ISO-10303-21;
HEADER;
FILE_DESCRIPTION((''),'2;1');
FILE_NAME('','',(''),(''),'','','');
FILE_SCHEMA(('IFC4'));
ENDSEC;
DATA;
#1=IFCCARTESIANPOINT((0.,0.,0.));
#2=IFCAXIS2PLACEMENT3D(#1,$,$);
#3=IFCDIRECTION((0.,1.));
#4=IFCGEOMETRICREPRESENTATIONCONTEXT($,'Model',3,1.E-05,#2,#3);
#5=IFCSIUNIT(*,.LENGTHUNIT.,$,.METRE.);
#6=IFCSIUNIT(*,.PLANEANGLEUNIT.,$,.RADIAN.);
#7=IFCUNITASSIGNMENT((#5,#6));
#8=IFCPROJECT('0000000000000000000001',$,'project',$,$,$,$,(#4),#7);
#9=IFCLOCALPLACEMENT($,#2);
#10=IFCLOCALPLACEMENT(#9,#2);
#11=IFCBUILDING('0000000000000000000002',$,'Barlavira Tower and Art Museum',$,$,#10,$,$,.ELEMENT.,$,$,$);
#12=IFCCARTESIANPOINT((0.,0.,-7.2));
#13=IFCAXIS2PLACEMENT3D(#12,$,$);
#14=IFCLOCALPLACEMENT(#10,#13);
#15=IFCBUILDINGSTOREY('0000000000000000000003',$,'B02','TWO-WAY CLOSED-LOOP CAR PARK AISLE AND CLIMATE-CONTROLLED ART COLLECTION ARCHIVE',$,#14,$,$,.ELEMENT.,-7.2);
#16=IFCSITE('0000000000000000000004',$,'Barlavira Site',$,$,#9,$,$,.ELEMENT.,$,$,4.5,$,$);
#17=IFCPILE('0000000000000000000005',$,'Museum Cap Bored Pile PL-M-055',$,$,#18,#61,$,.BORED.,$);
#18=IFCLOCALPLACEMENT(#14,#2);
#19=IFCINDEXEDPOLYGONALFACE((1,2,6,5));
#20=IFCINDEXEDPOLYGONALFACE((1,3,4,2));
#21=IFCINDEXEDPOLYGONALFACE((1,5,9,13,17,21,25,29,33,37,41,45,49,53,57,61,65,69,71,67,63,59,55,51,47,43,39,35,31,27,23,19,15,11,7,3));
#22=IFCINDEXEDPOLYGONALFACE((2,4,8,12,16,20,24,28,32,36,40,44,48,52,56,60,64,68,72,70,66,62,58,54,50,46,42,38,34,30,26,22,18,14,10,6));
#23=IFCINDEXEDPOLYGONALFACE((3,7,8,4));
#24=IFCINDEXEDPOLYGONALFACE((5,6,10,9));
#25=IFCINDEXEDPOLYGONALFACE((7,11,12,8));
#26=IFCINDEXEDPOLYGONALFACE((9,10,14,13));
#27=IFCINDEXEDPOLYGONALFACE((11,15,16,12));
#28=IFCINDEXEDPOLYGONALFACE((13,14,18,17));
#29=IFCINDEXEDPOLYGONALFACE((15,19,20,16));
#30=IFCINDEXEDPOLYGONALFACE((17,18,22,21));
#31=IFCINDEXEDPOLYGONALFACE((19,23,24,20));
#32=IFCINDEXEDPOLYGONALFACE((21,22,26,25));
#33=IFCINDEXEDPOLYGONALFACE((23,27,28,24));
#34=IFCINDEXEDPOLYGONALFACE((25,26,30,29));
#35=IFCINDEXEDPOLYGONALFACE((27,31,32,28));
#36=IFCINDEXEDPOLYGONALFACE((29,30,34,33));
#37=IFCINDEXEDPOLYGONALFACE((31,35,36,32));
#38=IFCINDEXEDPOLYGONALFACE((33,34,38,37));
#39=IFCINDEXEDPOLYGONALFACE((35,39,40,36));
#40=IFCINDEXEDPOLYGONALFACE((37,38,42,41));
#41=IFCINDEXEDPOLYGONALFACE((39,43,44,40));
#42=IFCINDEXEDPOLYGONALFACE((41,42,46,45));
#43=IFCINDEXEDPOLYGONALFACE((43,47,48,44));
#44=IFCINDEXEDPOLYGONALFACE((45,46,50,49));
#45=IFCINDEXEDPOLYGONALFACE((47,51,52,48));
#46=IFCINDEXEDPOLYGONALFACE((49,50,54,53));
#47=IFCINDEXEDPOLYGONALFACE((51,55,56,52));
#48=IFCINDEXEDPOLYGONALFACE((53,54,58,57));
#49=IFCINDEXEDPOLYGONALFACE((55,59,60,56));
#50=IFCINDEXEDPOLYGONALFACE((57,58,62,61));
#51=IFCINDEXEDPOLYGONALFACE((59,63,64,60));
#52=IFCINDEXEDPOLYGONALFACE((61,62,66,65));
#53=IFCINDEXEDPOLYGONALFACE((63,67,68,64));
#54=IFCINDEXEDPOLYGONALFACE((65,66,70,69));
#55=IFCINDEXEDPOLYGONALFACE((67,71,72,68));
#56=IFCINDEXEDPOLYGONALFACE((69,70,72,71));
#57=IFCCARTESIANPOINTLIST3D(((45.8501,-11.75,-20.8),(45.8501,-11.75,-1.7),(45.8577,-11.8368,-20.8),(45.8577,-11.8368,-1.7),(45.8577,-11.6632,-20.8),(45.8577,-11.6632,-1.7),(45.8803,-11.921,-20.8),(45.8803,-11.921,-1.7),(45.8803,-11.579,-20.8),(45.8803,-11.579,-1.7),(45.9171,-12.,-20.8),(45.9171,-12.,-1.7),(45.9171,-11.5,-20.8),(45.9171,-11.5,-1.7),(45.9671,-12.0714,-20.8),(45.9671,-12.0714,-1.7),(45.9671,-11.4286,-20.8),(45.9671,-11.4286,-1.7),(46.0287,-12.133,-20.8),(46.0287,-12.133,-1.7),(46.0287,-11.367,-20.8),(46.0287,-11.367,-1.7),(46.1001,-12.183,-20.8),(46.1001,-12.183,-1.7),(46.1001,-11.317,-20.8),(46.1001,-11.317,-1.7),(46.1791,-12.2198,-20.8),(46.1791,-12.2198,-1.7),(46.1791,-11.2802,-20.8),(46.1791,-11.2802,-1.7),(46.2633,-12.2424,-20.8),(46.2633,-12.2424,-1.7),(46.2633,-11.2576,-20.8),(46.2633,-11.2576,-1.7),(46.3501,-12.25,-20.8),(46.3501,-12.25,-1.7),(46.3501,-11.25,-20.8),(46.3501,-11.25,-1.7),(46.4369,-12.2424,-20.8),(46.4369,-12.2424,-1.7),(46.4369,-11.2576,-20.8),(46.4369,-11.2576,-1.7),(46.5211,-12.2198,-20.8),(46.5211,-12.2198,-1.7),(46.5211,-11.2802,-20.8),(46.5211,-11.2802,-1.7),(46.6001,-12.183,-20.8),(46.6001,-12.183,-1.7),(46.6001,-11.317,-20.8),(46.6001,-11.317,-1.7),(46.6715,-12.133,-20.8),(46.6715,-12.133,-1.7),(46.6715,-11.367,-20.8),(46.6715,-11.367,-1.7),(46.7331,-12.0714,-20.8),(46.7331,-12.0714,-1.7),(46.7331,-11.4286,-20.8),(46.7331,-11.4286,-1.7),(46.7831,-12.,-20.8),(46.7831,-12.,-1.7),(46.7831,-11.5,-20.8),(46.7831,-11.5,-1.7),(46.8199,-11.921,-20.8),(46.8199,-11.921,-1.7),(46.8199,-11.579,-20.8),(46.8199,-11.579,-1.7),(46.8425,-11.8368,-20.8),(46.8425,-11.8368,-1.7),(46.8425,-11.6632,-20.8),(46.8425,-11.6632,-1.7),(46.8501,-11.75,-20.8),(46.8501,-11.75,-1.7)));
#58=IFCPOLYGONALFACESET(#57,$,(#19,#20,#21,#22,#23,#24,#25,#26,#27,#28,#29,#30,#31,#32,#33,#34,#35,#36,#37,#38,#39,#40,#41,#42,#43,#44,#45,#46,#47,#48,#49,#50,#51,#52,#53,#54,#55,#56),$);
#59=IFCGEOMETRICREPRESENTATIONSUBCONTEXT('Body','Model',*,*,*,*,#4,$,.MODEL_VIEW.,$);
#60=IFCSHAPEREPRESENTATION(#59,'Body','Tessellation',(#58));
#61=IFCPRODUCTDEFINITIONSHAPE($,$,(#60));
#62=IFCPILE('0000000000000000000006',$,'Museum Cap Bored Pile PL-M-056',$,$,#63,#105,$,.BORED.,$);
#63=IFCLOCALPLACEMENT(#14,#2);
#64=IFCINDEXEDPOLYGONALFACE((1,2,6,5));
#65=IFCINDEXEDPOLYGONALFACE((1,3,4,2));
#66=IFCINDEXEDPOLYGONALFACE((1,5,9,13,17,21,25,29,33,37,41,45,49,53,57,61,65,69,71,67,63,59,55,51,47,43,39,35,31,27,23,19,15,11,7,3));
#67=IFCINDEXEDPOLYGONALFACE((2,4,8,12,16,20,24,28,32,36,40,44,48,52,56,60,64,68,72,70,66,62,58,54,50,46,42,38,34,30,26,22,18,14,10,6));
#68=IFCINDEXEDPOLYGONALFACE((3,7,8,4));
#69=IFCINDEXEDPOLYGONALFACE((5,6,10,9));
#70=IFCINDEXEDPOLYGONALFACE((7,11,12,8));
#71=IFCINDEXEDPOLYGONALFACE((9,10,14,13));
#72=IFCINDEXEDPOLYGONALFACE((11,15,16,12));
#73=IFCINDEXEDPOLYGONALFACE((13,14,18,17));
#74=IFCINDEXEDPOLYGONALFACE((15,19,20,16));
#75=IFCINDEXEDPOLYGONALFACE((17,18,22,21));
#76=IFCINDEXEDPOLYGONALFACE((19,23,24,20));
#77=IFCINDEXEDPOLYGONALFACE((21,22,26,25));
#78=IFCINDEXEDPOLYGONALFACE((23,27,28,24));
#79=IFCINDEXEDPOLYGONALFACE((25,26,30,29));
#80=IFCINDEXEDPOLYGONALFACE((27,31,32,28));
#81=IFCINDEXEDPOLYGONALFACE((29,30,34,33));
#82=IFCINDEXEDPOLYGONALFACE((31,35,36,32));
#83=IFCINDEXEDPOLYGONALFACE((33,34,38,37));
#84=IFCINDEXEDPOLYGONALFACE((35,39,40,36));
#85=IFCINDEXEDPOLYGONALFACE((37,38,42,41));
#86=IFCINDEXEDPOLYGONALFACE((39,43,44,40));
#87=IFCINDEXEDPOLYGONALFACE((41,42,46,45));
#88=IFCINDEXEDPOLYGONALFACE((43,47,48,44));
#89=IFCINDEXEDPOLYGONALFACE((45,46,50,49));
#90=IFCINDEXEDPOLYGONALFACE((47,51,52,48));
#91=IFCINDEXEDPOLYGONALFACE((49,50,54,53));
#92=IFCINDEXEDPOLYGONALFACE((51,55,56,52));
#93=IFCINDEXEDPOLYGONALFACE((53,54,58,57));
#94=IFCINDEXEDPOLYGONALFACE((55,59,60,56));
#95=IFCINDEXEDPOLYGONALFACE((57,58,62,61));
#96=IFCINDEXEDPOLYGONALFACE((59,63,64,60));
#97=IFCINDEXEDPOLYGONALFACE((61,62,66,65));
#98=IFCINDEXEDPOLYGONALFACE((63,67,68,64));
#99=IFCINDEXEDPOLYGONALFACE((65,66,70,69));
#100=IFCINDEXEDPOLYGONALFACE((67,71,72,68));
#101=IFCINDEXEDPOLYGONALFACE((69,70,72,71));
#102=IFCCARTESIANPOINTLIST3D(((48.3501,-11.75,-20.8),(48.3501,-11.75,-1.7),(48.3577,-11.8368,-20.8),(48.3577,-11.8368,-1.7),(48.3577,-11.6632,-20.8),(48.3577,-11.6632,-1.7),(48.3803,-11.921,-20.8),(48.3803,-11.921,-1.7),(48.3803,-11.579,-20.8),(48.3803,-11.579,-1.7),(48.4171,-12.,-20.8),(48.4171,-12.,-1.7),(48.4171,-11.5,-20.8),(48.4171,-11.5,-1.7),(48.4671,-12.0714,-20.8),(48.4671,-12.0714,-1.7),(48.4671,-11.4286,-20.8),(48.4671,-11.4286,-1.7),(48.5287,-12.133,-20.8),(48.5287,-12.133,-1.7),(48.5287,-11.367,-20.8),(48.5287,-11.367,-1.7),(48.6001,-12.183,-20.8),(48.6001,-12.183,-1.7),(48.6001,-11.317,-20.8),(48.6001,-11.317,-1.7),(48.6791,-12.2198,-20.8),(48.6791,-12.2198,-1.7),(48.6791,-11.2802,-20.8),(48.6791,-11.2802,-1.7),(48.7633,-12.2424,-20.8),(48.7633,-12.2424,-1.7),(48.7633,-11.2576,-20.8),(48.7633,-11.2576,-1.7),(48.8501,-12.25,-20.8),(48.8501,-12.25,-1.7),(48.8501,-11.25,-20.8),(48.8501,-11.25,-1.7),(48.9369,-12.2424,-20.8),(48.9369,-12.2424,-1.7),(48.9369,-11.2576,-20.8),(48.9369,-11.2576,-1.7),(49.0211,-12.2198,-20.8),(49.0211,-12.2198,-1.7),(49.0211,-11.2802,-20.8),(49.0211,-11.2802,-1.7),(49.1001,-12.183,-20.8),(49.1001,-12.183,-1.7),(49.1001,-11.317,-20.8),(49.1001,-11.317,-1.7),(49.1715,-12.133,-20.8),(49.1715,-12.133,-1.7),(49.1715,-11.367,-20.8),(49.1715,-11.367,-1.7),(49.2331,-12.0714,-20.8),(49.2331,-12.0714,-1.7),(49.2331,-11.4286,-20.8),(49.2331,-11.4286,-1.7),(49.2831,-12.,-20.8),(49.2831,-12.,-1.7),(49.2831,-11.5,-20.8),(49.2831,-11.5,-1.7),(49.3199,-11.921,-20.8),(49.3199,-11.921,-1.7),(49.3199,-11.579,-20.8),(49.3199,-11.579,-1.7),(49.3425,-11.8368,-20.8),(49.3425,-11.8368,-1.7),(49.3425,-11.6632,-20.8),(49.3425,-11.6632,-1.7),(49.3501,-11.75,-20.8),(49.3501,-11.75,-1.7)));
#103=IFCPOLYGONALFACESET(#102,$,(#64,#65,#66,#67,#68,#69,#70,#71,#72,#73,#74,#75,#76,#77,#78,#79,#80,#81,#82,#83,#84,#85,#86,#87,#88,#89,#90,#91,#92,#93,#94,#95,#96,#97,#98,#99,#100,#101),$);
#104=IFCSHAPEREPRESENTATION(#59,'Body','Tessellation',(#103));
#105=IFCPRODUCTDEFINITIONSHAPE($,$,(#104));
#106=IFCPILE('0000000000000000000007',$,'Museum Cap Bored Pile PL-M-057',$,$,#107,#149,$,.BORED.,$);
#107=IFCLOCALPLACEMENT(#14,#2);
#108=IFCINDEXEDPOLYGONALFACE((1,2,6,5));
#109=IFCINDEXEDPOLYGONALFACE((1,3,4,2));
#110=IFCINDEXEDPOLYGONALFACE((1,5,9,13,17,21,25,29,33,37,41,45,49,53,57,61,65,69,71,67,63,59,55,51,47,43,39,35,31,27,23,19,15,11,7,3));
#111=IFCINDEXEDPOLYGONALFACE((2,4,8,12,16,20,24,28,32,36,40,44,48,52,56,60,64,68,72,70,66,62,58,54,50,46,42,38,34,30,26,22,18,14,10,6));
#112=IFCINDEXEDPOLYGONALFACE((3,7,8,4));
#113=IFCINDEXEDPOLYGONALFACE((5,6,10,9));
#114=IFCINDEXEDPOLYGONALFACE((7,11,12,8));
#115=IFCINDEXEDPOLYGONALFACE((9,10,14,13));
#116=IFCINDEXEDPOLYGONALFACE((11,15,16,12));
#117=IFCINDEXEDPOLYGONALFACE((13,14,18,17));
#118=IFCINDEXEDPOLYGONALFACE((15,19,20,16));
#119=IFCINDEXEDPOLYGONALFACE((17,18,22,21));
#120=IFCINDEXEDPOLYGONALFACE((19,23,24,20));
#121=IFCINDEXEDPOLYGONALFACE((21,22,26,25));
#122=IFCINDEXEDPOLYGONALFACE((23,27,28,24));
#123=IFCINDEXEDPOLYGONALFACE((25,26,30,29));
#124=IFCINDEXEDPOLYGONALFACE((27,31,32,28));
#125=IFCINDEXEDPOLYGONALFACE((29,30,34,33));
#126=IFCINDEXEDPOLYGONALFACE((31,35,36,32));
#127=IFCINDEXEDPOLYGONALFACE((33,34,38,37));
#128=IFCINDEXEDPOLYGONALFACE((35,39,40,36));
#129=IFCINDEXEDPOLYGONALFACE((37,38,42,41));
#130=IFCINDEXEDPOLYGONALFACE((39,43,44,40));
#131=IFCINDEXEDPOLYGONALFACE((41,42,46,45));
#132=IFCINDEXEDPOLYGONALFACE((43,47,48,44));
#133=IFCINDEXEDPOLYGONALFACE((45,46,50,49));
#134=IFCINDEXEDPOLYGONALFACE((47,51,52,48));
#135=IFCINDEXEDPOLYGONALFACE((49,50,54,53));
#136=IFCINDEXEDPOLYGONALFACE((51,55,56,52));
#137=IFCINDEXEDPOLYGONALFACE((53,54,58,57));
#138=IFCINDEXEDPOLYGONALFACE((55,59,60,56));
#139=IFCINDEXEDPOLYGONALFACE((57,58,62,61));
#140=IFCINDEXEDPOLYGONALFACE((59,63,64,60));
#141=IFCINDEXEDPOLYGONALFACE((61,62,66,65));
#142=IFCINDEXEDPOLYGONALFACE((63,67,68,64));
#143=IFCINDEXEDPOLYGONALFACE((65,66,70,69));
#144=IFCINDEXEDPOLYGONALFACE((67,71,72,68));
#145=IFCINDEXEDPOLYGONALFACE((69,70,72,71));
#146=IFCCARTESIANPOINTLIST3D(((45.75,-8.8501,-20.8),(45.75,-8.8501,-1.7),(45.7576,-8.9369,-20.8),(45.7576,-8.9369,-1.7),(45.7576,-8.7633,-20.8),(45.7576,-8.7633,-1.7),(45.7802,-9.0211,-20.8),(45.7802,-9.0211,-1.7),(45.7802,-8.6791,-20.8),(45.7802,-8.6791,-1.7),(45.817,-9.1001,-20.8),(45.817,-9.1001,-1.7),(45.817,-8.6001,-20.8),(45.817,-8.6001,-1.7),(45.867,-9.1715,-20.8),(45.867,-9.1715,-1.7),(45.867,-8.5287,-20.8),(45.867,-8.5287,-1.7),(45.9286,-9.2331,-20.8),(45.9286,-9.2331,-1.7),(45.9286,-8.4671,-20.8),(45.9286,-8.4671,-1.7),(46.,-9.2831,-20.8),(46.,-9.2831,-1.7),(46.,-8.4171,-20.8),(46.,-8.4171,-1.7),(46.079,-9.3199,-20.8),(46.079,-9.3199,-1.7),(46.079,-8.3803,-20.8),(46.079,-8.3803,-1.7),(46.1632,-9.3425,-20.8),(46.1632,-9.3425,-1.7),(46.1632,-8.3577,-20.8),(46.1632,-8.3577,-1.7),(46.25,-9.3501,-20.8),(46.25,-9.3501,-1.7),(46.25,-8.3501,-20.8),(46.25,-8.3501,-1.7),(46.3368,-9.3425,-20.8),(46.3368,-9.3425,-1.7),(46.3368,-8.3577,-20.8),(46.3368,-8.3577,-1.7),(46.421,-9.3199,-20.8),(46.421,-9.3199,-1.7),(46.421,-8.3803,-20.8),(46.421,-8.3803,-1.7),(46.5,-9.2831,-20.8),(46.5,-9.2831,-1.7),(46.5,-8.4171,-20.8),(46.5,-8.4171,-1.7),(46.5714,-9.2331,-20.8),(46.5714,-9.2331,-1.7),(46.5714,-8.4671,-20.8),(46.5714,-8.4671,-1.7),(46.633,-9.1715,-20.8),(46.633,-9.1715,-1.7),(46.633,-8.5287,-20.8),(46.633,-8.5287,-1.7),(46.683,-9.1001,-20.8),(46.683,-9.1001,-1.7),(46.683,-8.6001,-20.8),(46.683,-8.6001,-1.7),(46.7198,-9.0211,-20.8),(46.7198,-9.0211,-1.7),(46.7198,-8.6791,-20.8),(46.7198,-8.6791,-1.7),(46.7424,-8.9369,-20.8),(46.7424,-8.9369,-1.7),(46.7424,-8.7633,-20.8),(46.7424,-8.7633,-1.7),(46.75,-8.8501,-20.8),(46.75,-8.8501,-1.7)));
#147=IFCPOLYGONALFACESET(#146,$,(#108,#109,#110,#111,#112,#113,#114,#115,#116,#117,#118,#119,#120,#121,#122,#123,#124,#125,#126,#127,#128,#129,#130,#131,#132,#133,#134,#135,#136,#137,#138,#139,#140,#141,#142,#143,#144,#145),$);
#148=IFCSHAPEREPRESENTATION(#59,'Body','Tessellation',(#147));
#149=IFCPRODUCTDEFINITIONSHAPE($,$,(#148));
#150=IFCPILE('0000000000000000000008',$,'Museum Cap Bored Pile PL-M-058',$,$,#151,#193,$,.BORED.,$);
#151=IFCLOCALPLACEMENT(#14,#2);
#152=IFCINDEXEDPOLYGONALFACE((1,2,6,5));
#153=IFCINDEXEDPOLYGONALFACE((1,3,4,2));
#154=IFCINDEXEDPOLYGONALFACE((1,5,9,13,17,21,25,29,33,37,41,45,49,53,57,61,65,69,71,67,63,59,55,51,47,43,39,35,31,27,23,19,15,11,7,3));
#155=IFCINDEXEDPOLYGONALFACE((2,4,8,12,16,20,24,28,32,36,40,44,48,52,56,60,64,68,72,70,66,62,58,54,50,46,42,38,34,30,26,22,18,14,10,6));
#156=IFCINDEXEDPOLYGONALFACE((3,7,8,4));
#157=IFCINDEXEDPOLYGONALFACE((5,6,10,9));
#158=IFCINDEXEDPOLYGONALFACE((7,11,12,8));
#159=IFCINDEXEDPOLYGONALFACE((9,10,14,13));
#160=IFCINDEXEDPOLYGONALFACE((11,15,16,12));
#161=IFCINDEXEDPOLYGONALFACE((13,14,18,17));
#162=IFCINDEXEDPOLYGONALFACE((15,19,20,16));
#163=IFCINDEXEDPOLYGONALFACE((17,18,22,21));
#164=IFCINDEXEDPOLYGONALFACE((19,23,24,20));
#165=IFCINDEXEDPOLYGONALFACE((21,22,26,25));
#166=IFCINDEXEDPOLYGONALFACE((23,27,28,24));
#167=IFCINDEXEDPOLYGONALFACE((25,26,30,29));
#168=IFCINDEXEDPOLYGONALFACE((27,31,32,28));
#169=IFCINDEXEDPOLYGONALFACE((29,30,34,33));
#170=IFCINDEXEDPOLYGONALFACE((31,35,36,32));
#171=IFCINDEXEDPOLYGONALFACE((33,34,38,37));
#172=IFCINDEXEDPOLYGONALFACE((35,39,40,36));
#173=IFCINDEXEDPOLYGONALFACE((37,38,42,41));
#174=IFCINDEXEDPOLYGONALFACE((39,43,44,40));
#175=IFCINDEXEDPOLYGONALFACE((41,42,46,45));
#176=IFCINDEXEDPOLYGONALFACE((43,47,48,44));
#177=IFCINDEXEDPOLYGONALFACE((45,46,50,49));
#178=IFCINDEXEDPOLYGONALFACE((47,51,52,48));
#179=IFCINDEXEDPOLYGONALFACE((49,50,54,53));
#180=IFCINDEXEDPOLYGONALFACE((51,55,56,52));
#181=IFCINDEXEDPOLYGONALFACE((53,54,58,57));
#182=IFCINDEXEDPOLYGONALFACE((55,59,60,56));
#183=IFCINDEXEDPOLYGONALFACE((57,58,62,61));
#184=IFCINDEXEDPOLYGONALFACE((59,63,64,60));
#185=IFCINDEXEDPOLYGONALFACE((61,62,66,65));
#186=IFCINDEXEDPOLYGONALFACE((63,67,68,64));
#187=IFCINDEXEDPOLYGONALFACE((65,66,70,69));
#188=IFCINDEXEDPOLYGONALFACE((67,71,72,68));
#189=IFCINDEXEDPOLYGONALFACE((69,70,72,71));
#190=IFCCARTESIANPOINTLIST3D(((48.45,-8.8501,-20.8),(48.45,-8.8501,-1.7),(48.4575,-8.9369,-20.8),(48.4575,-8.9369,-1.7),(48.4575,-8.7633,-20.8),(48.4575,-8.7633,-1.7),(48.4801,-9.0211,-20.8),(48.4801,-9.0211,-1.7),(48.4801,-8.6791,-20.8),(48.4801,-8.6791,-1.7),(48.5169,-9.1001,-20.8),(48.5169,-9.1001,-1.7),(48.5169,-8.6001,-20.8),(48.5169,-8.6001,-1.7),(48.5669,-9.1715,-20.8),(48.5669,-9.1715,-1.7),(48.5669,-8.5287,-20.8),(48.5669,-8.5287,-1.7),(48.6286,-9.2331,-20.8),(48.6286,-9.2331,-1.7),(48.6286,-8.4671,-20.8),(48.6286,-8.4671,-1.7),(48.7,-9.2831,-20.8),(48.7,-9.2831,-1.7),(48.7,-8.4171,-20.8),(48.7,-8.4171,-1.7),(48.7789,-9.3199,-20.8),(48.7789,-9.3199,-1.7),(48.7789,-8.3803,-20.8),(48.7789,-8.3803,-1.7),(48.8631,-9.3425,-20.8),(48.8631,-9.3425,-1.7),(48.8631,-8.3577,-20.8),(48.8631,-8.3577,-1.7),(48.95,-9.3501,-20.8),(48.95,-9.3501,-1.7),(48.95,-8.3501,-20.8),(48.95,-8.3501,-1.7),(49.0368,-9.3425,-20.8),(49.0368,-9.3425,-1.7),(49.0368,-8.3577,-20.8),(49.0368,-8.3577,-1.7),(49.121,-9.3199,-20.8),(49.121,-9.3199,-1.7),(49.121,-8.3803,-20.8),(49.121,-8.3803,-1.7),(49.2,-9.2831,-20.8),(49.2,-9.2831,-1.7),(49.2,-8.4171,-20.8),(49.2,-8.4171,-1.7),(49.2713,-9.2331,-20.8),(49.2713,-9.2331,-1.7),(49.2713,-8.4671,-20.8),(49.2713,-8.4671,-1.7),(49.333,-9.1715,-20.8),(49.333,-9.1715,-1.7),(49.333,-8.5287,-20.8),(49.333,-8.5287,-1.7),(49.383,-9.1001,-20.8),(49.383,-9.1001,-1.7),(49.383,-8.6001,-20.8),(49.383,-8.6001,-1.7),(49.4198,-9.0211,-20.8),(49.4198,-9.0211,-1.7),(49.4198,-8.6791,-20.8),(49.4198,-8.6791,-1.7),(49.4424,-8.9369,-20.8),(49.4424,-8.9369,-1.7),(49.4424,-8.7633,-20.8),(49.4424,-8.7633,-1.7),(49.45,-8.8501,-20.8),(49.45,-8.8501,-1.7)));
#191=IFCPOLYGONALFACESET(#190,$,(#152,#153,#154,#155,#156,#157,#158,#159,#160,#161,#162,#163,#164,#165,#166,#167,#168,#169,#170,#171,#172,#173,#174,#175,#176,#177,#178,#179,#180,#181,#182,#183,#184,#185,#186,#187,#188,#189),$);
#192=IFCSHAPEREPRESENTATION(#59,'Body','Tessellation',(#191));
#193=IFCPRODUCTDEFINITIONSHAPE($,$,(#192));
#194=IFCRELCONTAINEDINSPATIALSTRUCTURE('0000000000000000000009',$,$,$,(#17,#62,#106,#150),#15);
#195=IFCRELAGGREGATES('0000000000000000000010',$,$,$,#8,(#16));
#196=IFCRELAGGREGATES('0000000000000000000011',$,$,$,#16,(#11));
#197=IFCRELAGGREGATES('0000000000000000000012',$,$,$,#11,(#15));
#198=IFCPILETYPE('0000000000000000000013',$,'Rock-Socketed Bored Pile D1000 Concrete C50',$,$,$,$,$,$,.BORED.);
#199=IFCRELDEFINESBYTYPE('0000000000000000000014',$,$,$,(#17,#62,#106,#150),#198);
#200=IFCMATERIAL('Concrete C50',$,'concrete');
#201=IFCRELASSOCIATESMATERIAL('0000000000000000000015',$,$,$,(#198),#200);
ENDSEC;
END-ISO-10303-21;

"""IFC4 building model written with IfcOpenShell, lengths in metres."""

from ifc_helpers import new_model, si_unit, direction, frame, origin, origin_2d, place, context, subcontext, project, spatial, circle, extrude, material, material_profile, profile_set, type_object, element, save


model = new_model("IFC4")

# Units and contexts
model_context = context("Model", 3, precision=1e-05, world=origin(), true_north=direction((0.0, 1.0)))
body_context = subcontext(model_context, "Body", "Model", "MODEL_VIEW")
ifc_project = project(units=[si_unit("LENGTHUNIT", "METRE"), si_unit("PLANEANGLEUNIT", "RADIAN")], contexts=[model_context])

# Site, building, storey
site_placement = place(None, origin())
site = spatial("IfcSite", under=ifc_project, at=site_placement, Name="Barlavira Site", CompositionType="ELEMENT", RefElevation=4.5)
building_placement = place(site_placement, origin())
building = spatial("IfcBuilding", under=site, at=building_placement, Name="Barlavira Tower and Art Museum", CompositionType="ELEMENT")
storey_placement = place(building_placement, frame((0.0, 0.0, -7.2)))
storey = spatial("IfcBuildingStorey", under=building, at=storey_placement, Name="B02", Description="TWO-WAY CLOSED-LOOP CAR PARK AISLE AND CLIMATE-CONTROLLED ART COLLECTION ARCHIVE", CompositionType="ELEMENT", Elevation=-7.2)

# Shared definitions
ifc_material_1 = material(Name="Concrete C50", Category="concrete")

# Piles
ifc_material_profile_1 = material_profile(ifc_material_1, circle(Radius=0.5, at=origin_2d()), Name="BORED PILE D1000")
ifc_profile_set_1 = profile_set([ifc_material_profile_1], Name="Concrete C50")
pile_type = type_object("IfcPileType", Name="Rock-Socketed Bored Pile D1000 Concrete C50", PredefinedType="BORED", material=ifc_profile_set_1)
for number, where, z_axis, x_axis, name in (
    (1, (46.3501, -11.75, -1.7), (0.0, 0.0, -1.0), (1.0, 0.0, 0.0), "Museum Cap Bored Pile PL-M-055"),
    (2, (48.8501, -11.75, -1.7), (0.0, 0.0, -1.0), (1.0, 0.0, 0.0), "Museum Cap Bored Pile PL-M-056"),
    (3, (46.25, -8.8501, -1.7), (0.0, 0.0, -1.0), (1.0, 0.0, 0.0), "Museum Cap Bored Pile PL-M-057"),
    (4, (48.95, -8.8501, -1.7), (0.0, 0.0, -1.0), (1.0, 0.0, 0.0), "Museum Cap Bored Pile PL-M-058"),
):
    element("IfcPile", number, at=place(storey_placement, frame(where, z_axis=z_axis, x_axis=x_axis)), inside=storey, type_object=pile_type, Name=name, PredefinedType="BORED", context=body_context, shape_type="SweptSolid", body=[
        extrude(circle(Radius=0.5, at=origin_2d()), origin(), (0.0, 0.0, 1.0), 19.1001),
    ])

save(model, "model.ifc")
